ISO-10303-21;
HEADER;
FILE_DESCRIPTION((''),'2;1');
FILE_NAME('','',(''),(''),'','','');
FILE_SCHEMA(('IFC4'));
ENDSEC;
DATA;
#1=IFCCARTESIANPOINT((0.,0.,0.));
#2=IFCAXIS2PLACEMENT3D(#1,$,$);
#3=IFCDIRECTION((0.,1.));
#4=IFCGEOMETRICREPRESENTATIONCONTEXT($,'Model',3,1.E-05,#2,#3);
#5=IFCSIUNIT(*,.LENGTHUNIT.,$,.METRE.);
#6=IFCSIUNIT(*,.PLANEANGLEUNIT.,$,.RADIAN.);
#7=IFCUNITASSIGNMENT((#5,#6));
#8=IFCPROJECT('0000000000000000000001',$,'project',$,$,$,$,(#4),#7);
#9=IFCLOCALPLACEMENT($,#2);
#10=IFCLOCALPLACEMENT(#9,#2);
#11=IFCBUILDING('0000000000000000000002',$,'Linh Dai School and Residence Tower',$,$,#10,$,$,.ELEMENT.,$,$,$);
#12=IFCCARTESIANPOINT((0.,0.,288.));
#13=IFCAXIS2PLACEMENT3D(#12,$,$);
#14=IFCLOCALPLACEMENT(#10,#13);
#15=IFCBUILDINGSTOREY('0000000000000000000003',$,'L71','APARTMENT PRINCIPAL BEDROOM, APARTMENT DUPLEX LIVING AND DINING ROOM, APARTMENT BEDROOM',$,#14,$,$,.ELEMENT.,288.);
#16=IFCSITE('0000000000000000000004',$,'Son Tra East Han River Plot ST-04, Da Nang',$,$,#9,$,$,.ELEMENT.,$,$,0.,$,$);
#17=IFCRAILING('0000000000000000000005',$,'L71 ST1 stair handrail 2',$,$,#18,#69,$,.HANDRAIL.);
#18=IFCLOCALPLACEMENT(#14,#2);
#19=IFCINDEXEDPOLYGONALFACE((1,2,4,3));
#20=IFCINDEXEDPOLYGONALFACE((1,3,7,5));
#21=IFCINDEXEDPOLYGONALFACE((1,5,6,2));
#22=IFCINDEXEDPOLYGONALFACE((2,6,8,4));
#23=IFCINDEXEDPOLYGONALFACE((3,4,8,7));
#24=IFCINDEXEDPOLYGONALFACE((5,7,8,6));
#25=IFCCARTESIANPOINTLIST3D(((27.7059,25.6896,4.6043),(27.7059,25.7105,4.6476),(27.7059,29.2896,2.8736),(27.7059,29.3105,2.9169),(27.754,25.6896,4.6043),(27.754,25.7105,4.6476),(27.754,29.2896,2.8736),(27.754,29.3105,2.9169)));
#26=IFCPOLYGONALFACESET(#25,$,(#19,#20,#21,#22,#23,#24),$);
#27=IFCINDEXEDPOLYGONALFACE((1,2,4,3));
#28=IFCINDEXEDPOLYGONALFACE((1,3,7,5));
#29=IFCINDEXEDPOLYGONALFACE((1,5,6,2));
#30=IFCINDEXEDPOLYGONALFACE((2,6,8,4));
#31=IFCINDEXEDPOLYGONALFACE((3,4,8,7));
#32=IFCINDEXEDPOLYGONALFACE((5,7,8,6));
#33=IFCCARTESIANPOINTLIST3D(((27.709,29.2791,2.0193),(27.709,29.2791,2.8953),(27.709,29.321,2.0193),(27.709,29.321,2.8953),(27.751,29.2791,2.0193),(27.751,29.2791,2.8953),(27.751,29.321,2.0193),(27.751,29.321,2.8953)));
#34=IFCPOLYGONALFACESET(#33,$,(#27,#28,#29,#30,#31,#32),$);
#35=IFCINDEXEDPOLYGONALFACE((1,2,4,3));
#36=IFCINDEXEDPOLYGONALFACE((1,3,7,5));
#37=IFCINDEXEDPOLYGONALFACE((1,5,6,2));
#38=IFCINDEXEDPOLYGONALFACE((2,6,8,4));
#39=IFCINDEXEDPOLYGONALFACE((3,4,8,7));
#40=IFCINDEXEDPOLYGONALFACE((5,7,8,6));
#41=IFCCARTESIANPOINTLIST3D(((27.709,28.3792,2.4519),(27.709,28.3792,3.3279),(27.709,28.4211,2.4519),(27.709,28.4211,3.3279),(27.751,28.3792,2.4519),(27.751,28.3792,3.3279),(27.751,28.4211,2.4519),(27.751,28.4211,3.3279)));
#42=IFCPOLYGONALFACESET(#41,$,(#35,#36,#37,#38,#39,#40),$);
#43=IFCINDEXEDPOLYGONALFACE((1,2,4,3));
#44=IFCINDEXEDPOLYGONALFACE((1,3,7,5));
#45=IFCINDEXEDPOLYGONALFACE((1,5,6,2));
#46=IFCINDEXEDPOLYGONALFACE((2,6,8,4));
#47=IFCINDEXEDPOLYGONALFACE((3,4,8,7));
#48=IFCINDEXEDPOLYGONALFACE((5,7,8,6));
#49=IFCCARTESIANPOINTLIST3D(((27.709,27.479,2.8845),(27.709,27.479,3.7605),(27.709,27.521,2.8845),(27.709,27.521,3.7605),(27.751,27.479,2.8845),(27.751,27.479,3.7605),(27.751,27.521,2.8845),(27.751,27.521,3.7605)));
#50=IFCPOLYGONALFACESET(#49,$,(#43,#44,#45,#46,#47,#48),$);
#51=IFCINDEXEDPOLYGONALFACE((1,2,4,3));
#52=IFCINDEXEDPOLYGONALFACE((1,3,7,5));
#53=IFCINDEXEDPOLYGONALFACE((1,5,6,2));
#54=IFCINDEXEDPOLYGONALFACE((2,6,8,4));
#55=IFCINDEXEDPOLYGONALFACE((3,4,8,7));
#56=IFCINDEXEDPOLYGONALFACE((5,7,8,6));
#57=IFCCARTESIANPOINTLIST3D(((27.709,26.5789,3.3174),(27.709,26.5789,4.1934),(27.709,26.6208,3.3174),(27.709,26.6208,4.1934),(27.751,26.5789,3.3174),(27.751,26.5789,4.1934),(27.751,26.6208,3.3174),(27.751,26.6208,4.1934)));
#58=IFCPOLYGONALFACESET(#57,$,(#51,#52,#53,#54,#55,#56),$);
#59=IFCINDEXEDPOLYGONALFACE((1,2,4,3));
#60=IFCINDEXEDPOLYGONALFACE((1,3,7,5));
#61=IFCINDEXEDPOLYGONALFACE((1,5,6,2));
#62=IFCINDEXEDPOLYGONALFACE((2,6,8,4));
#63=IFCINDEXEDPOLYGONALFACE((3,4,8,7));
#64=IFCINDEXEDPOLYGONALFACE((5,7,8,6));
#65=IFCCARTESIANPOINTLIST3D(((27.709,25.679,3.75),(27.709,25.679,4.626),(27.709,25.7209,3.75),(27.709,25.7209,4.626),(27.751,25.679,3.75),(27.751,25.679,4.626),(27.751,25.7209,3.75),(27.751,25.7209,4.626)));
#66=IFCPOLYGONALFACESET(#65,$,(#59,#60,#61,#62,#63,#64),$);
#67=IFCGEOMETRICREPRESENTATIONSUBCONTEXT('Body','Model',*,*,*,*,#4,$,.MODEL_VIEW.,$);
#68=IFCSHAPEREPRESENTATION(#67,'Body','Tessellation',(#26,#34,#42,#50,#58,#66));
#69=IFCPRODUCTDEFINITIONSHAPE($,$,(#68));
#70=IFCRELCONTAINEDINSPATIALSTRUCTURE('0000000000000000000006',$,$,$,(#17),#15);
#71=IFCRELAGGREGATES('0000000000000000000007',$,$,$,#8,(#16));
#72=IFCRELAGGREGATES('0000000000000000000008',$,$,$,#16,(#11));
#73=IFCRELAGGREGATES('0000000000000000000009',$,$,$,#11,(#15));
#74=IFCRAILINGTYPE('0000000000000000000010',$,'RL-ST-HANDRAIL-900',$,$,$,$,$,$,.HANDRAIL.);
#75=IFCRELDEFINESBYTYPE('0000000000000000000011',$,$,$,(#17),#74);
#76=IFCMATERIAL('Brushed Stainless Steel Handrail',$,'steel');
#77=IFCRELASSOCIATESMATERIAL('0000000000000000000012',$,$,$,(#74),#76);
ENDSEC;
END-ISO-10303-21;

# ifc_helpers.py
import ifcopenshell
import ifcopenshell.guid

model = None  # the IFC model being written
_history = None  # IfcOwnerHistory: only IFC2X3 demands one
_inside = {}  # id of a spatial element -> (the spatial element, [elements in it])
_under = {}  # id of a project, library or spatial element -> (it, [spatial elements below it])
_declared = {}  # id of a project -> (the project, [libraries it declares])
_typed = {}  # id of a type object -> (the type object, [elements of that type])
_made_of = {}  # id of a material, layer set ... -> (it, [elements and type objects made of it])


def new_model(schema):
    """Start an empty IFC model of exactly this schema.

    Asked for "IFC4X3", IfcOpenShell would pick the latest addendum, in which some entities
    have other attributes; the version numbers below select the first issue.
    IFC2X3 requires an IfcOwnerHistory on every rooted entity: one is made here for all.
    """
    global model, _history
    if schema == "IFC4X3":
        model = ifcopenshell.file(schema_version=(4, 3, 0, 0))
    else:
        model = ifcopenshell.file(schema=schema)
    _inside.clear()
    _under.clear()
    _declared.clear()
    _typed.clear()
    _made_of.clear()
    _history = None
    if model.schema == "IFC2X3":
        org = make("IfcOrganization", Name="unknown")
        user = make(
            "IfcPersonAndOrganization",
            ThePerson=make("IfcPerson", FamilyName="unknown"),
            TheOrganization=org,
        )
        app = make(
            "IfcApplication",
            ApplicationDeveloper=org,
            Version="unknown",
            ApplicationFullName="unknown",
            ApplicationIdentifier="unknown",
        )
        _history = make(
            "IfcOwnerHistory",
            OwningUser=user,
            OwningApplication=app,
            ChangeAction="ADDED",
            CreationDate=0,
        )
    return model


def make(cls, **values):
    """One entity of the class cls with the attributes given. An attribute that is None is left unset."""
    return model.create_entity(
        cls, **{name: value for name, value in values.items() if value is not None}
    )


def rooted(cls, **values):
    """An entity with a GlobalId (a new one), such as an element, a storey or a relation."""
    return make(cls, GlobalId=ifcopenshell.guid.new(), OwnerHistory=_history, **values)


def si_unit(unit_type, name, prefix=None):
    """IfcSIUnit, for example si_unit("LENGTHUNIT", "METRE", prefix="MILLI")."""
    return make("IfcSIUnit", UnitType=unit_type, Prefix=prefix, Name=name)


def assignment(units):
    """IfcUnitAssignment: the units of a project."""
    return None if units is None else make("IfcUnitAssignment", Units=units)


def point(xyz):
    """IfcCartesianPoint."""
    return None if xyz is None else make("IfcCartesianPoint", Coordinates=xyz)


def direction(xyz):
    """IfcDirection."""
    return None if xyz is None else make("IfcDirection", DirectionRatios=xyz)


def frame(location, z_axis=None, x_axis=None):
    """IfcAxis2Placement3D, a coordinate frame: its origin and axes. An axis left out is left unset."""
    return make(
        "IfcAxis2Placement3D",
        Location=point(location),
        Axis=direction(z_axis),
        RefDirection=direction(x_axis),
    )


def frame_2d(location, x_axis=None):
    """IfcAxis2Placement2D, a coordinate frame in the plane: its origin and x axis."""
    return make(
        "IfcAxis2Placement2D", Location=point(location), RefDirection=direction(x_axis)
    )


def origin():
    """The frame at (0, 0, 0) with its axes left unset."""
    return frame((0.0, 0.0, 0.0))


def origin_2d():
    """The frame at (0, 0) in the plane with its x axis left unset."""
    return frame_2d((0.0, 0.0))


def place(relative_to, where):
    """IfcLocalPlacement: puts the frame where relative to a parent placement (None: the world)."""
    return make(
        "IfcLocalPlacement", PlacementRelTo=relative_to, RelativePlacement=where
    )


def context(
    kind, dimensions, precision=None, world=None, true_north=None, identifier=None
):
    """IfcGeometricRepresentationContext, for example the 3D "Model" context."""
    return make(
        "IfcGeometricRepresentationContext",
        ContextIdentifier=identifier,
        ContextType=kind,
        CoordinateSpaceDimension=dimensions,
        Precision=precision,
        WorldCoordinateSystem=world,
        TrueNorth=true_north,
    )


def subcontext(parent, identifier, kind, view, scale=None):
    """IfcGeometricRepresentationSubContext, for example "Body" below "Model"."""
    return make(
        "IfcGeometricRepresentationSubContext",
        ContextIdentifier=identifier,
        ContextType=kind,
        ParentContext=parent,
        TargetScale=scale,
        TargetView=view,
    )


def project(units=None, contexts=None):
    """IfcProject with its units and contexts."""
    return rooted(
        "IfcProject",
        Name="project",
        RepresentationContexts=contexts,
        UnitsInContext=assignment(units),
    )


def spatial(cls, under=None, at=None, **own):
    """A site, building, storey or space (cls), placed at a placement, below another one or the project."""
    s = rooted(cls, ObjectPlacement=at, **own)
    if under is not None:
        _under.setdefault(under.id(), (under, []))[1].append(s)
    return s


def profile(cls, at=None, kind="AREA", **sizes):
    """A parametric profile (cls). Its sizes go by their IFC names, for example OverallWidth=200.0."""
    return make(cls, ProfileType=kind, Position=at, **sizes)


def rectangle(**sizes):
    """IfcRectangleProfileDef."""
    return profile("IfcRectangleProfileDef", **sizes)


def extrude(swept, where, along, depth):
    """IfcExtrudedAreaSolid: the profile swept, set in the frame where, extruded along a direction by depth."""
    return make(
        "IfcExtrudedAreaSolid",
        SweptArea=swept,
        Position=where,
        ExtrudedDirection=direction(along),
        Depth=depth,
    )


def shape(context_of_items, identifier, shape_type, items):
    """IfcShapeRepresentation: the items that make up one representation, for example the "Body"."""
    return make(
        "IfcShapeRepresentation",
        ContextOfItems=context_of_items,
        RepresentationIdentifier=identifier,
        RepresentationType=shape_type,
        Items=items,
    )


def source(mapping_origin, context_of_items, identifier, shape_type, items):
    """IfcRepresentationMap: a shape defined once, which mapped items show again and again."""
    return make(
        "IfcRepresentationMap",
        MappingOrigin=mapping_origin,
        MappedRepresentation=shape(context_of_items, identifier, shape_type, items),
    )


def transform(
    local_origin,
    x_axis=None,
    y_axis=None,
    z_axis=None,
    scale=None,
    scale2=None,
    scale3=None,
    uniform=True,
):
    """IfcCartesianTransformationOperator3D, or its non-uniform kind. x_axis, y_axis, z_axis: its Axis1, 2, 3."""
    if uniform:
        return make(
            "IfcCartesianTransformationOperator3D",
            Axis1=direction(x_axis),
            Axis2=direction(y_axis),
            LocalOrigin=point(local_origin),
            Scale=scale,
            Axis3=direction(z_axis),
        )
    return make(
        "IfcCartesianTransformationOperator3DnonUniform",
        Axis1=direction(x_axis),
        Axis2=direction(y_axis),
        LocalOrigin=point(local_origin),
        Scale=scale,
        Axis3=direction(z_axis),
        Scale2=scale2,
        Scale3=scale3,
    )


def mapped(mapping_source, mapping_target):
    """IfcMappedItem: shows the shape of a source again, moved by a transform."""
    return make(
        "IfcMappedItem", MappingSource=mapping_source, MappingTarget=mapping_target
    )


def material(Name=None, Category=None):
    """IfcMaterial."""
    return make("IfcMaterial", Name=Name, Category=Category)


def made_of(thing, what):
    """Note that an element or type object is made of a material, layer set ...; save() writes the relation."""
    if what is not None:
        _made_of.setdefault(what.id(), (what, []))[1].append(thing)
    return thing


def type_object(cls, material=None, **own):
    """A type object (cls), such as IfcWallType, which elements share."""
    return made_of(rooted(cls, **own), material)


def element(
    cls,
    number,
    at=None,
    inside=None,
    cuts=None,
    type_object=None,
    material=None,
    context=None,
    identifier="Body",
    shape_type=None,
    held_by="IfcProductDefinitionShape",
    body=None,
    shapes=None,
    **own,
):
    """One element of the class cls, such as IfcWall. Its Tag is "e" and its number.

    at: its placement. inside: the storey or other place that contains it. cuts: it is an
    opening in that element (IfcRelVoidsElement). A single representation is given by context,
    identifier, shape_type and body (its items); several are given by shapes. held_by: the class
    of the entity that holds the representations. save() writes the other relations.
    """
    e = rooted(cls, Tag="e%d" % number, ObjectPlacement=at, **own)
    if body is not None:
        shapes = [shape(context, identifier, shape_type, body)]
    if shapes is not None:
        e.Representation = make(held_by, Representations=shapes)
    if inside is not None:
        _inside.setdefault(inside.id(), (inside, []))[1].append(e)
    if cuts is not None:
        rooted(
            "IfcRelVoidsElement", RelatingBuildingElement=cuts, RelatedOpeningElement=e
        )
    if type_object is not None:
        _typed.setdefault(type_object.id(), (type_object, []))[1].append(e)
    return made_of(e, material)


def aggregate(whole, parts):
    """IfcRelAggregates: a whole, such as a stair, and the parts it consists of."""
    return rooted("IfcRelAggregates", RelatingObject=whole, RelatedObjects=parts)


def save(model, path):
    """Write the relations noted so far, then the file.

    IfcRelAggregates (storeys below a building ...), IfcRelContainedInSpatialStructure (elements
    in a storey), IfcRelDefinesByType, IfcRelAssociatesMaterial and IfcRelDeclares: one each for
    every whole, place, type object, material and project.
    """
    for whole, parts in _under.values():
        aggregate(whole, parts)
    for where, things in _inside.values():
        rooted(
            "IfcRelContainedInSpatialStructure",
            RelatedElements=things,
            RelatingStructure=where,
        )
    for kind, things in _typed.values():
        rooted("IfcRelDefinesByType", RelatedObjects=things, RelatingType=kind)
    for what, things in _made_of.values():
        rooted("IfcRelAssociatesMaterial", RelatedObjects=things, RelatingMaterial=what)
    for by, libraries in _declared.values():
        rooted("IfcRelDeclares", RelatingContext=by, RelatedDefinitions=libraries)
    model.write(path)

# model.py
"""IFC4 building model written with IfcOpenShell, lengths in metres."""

from ifc_helpers import new_model, si_unit, direction, frame, origin, origin_2d, place, context, subcontext, project, spatial, rectangle, extrude, source, transform, mapped, material, type_object, element, save


model = new_model("IFC4")

# Units and contexts
model_context = context("Model", 3, precision=1e-05, world=origin(), true_north=direction((0.0, 1.0)))
body_context = subcontext(model_context, "Body", "Model", "MODEL_VIEW")
ifc_project = project(units=[si_unit("LENGTHUNIT", "METRE"), si_unit("PLANEANGLEUNIT", "RADIAN")], contexts=[model_context])

# Site, building, storey
site_placement = place(None, origin())
site = spatial("IfcSite", under=ifc_project, at=site_placement, Name="Son Tra East Han River Plot ST-04, Da Nang", CompositionType="ELEMENT", RefElevation=0.0)
building_placement = place(site_placement, origin())
building = spatial("IfcBuilding", under=site, at=building_placement, Name="Linh Dai School and Residence Tower", CompositionType="ELEMENT")
storey_placement = place(building_placement, frame((0.0, 0.0, 288.0)))
storey = spatial("IfcBuildingStorey", under=building, at=storey_placement, Name="L71", Description="APARTMENT PRINCIPAL BEDROOM, APARTMENT DUPLEX LIVING AND DINING ROOM, APARTMENT BEDROOM", CompositionType="ELEMENT", Elevation=288.0)

# Railing
ifc_material_1 = material(Name="Brushed Stainless Steel Handrail", Category="steel")
railing_type_1 = type_object("IfcRailingType", Name="RL-ST-HANDRAIL-900", PredefinedType="HANDRAIL", material=ifc_material_1)
shared_shape_1 = source(origin(), body_context, "Body", "SweptSolid", [
    extrude(rectangle(XDim=0.0481, YDim=0.0481, at=origin_2d()), frame((0.0, 0.0, 0.876), z_axis=(0.0, -0.901263, 0.433273), x_axis=(1.0, 0.0, 0.0)), (0.0, 0.0, 1.0), 3.9944),
    extrude(rectangle(XDim=0.042, YDim=0.042, at=origin_2d()), origin(), (0.0, 0.0, 1.0), 0.876),
    extrude(rectangle(XDim=0.042, YDim=0.042, at=origin_2d()), frame((0.0, -0.8999, 0.4326)), (0.0, 0.0, 1.0), 0.876),
    extrude(rectangle(XDim=0.042, YDim=0.042, at=origin_2d()), frame((0.0, -1.8, 0.8652)), (0.0, 0.0, 1.0), 0.876),
    extrude(rectangle(XDim=0.042, YDim=0.042, at=origin_2d()), frame((0.0, -2.7002, 1.2981)), (0.0, 0.0, 1.0), 0.876),
    extrude(rectangle(XDim=0.042, YDim=0.042, at=origin_2d()), frame((0.0, -3.6001, 1.7307)), (0.0, 0.0, 1.0), 0.876),
])
railing_1_placement = place(storey_placement, frame((27.73, 29.3, 2.0193)))
element("IfcRailing", 1, at=railing_1_placement, inside=storey, type_object=railing_type_1, Name="L71 ST1 stair handrail 2", PredefinedType="HANDRAIL", context=body_context, shape_type="MappedRepresentation", body=[
    mapped(shared_shape_1, transform((0.0, 0.0, 0.0), x_axis=(1.0, 0.0, 0.0), y_axis=(0.0, 1.0, 0.0), z_axis=(0.0, 0.0, 1.0), scale=1.0)),
])

save(model, "model.ifc")
